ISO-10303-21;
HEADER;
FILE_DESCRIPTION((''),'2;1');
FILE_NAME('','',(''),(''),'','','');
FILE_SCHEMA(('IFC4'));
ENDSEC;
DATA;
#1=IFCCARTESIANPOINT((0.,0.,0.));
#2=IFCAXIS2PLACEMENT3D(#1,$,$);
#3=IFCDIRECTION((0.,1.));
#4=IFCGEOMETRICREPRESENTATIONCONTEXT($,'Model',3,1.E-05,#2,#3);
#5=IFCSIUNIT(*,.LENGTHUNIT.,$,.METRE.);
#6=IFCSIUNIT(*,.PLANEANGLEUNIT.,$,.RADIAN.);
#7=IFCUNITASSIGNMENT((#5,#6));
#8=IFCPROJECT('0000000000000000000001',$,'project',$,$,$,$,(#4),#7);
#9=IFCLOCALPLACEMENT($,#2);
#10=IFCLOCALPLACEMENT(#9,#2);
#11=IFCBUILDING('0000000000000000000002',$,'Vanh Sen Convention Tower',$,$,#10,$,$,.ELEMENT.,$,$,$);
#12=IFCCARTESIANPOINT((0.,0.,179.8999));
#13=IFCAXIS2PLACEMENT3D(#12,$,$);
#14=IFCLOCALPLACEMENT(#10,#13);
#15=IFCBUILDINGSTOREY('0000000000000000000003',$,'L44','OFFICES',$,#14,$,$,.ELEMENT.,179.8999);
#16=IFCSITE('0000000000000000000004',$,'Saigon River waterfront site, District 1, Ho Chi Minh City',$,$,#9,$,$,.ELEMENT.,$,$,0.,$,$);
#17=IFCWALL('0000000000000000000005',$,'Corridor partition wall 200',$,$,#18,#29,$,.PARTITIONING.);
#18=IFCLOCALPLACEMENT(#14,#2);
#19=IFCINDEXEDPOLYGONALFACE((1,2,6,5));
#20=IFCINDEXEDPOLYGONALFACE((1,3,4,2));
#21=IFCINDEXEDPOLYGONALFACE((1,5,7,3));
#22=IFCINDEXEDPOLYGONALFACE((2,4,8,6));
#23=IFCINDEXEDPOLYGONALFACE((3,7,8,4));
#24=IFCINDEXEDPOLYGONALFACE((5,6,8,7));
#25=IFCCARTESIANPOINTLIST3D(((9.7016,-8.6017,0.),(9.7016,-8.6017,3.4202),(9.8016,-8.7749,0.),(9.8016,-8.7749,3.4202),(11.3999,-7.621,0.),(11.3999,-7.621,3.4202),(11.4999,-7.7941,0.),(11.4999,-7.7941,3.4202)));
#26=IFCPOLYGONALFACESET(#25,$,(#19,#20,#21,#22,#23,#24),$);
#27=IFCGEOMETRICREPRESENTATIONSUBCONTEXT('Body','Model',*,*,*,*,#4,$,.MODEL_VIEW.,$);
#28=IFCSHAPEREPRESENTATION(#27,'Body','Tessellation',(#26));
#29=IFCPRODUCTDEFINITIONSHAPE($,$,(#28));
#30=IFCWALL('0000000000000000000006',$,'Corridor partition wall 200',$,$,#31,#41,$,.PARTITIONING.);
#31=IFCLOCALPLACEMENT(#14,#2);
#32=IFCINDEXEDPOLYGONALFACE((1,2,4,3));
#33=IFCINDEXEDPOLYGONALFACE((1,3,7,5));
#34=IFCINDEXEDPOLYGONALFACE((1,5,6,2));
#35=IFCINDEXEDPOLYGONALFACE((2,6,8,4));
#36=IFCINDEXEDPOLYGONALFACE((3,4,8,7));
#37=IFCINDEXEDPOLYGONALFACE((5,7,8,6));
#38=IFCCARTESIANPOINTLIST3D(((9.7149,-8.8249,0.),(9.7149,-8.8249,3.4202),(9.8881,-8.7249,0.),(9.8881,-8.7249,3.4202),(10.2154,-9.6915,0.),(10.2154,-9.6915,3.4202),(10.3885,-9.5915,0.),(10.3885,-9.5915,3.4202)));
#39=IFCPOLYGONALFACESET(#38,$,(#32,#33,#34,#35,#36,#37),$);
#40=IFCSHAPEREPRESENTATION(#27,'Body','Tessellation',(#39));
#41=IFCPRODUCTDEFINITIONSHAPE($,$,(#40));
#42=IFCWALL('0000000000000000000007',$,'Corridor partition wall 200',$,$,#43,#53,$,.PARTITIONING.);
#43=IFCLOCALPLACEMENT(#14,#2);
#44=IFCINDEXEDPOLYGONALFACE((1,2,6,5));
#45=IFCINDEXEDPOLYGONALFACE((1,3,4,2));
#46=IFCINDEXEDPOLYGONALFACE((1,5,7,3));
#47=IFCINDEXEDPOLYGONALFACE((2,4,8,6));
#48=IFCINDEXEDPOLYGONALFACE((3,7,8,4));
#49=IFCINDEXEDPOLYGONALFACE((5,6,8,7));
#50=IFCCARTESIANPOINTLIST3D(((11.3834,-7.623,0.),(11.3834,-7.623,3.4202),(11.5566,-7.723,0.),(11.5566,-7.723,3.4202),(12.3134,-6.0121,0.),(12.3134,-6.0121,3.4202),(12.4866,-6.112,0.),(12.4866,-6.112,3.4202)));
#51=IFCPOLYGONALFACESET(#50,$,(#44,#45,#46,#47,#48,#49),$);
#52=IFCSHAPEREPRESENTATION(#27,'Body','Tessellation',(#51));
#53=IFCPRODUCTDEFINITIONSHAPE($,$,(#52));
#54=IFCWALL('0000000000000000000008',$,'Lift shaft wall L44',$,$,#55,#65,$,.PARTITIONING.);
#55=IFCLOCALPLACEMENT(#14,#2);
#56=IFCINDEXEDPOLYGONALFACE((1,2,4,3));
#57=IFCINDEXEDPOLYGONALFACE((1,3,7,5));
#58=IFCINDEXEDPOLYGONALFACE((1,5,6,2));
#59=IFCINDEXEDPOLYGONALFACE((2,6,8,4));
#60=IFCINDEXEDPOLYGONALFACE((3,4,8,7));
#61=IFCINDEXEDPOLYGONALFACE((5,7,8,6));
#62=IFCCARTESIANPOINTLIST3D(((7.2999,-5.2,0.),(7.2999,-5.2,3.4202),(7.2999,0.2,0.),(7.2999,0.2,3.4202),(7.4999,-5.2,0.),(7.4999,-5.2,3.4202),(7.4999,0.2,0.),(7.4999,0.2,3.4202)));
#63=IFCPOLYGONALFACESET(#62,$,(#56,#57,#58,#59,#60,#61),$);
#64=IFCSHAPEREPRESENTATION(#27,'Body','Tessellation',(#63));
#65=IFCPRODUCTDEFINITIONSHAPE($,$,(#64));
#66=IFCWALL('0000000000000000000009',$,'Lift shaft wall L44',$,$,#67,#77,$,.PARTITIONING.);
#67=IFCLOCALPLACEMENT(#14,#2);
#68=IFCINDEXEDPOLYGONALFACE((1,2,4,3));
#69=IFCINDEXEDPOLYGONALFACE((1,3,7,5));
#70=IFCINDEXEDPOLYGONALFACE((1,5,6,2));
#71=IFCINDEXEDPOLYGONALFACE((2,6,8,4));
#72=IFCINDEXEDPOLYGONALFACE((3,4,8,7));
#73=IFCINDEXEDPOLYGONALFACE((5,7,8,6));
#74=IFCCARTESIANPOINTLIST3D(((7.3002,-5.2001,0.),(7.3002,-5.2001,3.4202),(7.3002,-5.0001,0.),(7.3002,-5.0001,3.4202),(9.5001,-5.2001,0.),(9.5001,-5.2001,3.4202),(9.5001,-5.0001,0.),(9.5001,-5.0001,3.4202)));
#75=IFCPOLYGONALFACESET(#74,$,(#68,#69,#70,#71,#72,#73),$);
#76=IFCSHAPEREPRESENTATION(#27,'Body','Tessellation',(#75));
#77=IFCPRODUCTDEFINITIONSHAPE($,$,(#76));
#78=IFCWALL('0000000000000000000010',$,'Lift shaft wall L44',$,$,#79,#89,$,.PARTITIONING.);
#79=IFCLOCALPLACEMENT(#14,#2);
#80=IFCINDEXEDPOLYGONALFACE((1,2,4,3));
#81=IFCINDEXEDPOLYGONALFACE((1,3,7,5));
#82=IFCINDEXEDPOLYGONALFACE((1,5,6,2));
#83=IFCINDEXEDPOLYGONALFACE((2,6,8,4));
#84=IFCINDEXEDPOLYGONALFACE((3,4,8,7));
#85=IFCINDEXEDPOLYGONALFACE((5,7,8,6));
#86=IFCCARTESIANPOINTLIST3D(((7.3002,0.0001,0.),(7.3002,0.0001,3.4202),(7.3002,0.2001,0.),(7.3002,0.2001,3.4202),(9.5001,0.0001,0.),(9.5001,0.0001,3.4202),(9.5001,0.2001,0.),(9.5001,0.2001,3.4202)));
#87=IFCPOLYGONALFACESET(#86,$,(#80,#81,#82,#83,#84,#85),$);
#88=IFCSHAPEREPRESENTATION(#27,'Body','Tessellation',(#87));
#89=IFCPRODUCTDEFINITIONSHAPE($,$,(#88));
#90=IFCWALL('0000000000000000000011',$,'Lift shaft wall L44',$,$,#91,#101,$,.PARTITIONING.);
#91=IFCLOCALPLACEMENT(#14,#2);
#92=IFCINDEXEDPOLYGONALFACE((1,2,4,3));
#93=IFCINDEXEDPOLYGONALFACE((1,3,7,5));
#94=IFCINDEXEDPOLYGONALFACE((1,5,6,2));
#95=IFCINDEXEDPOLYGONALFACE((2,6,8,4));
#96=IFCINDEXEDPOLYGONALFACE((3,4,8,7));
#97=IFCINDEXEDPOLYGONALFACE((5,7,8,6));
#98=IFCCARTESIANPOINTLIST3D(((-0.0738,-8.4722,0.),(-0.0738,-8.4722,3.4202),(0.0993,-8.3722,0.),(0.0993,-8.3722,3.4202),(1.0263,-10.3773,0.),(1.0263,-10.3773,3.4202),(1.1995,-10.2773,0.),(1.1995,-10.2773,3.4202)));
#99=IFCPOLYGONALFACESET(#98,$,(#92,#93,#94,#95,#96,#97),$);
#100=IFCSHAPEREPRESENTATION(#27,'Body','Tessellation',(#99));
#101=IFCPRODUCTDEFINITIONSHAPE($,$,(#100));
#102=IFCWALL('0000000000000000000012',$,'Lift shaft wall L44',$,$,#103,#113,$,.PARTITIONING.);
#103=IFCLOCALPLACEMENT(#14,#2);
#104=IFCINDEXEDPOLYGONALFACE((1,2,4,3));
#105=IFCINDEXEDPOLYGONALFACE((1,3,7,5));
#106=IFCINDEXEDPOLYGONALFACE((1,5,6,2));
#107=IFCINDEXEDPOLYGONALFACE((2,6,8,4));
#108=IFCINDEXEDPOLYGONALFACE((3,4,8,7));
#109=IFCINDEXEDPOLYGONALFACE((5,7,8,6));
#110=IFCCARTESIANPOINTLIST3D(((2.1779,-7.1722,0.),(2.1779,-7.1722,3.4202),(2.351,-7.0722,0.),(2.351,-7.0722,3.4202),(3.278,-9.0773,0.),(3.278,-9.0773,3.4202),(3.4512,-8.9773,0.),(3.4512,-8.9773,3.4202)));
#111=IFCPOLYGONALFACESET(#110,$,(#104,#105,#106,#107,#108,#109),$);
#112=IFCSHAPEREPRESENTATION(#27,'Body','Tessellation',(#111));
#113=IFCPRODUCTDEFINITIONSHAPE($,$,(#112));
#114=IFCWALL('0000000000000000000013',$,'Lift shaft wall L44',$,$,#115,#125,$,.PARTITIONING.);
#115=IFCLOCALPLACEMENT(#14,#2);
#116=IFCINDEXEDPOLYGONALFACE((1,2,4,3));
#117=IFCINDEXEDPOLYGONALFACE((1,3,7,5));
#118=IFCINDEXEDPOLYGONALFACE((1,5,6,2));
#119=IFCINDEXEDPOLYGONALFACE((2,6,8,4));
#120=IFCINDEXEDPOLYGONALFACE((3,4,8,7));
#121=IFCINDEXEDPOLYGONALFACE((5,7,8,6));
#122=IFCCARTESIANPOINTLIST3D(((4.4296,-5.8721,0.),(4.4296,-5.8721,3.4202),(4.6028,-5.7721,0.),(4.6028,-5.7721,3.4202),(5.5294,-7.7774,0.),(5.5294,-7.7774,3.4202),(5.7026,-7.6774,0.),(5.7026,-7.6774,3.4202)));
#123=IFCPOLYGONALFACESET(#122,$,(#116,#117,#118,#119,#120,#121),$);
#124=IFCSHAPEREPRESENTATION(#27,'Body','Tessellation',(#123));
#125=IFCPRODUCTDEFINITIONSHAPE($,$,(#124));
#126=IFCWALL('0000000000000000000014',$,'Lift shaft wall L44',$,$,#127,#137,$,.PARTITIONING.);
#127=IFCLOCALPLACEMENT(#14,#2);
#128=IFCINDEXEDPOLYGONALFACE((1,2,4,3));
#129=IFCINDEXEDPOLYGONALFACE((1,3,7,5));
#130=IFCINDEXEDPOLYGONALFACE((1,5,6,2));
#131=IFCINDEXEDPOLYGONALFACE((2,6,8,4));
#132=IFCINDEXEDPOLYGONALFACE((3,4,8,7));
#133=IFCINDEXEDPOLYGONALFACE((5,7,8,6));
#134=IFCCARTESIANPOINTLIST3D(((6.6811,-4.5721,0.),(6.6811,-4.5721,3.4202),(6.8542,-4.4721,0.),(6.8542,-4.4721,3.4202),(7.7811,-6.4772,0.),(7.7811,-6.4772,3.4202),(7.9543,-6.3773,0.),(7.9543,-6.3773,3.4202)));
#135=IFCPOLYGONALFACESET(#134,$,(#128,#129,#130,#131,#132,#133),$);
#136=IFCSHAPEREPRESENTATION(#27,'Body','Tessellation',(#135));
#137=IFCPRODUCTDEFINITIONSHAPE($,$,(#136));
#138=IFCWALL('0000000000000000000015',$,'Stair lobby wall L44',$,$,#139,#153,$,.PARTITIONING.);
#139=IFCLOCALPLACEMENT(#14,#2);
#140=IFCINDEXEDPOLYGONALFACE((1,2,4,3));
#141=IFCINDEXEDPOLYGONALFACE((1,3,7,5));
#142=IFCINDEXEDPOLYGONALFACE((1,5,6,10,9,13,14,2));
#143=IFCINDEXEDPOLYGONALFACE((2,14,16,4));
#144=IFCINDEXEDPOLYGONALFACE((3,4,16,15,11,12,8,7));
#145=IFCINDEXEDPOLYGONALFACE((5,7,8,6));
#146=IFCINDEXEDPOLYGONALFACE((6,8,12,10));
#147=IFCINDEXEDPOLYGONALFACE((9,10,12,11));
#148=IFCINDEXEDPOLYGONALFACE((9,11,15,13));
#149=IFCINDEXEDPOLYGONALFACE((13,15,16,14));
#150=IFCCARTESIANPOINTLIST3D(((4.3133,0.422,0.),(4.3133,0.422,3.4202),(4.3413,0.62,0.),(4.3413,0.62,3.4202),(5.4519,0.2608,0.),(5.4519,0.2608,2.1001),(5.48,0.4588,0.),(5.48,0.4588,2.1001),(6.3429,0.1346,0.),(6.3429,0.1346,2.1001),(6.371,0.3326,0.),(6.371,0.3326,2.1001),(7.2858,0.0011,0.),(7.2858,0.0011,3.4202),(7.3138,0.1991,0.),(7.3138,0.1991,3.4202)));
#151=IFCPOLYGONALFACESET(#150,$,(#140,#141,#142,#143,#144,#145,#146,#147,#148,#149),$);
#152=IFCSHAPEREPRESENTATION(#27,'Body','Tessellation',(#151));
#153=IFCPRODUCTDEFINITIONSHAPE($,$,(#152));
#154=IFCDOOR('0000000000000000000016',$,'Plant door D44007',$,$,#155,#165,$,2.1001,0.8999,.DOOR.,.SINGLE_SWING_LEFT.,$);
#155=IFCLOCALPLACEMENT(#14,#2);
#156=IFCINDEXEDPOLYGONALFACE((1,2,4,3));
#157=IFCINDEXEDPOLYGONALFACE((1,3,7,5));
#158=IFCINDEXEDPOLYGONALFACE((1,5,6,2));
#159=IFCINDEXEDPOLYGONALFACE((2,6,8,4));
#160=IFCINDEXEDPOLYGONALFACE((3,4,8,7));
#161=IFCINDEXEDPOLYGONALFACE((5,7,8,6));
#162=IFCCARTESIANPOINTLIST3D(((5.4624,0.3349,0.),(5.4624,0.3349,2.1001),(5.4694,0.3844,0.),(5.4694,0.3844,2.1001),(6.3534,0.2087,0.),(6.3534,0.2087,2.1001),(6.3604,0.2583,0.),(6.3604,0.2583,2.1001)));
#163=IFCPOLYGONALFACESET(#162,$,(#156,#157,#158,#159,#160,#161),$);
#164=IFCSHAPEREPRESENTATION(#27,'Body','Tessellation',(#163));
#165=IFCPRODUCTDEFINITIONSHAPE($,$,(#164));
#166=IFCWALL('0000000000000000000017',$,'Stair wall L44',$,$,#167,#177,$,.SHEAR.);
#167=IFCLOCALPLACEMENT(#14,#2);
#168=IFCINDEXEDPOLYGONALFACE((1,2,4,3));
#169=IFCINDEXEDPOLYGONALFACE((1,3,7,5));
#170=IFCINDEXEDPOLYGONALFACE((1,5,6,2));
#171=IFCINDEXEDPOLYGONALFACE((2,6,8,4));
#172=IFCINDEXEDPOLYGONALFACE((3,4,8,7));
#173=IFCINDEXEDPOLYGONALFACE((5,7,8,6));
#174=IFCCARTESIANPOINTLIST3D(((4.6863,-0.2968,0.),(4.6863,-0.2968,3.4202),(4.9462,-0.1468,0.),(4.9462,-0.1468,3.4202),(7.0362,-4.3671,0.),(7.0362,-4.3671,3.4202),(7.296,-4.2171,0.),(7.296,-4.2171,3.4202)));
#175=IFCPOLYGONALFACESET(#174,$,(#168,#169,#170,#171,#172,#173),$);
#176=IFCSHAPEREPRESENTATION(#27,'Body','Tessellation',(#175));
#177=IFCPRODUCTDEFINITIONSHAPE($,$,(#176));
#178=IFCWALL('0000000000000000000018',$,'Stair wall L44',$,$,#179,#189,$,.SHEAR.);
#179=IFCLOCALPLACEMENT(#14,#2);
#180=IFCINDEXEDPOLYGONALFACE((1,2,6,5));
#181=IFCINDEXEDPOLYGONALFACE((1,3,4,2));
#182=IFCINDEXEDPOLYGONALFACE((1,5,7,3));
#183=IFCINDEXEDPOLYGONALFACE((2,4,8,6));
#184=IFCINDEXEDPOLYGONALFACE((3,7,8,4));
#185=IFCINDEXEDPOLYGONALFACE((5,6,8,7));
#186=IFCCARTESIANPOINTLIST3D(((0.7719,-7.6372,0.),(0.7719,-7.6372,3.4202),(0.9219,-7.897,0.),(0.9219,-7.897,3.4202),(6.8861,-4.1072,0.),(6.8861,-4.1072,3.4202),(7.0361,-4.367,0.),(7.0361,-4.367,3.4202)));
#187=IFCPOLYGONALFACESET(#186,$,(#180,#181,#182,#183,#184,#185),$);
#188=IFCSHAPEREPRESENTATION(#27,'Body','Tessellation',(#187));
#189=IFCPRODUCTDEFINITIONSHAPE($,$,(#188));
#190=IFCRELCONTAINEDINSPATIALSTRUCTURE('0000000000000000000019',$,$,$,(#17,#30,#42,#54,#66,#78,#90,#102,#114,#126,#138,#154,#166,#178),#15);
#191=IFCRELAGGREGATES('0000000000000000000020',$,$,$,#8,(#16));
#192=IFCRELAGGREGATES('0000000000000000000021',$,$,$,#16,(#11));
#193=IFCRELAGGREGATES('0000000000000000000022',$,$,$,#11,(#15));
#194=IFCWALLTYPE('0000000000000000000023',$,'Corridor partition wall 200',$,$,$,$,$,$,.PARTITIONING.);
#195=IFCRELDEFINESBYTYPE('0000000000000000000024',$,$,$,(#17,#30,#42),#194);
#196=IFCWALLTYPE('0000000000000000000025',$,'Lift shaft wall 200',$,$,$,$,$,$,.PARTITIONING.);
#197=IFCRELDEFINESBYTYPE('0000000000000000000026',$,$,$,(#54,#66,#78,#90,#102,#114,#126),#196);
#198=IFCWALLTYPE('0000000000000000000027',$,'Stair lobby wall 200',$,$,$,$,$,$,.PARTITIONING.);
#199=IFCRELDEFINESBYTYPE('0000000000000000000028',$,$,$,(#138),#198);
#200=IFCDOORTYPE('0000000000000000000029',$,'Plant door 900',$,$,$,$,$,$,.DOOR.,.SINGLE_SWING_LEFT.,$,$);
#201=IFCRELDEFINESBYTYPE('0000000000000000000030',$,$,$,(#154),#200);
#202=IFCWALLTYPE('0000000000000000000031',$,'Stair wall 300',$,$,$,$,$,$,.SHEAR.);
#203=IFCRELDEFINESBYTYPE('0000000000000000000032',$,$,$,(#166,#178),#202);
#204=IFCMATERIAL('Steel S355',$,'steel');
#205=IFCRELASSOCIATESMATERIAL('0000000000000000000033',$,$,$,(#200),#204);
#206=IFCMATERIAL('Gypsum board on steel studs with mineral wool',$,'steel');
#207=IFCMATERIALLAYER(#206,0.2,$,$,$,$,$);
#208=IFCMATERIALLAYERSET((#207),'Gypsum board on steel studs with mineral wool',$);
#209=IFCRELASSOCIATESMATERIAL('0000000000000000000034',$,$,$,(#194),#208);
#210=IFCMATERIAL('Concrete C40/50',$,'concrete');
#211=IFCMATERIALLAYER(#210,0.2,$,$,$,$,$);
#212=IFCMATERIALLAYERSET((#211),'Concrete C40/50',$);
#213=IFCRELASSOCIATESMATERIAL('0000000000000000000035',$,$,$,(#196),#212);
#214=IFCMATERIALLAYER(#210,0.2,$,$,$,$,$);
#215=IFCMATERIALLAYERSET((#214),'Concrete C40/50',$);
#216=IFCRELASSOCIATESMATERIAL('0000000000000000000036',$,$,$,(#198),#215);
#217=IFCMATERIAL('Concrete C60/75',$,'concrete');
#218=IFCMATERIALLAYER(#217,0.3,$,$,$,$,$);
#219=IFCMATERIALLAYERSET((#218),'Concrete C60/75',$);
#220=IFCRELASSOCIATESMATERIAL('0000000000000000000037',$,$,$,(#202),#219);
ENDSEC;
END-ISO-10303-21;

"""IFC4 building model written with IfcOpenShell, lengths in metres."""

from ifc_helpers import new_model, si_unit, direction, frame, frame_2d, origin, place, context, subcontext, project, spatial, rectangle, extrude, material, layer, layer_set, type_object, element, fill, save


model = new_model("IFC4")

# Units and contexts
model_context = context("Model", 3, precision=1e-05, world=origin(), true_north=direction((0.0, 1.0)))
body_context = subcontext(model_context, "Body", "Model", "MODEL_VIEW")
ifc_project = project(units=[si_unit("LENGTHUNIT", "METRE"), si_unit("PLANEANGLEUNIT", "RADIAN")], contexts=[model_context])

# Site, building, storey
site_placement = place(None, origin())
site = spatial("IfcSite", under=ifc_project, at=site_placement, Name="Saigon River waterfront site, District 1, Ho Chi Minh City", CompositionType="ELEMENT", RefElevation=0.0)
building_placement = place(site_placement, origin())
building = spatial("IfcBuilding", under=site, at=building_placement, Name="Vanh Sen Convention Tower", CompositionType="ELEMENT")
storey_placement = place(building_placement, frame((0.0, 0.0, 179.8999)))
storey = spatial("IfcBuildingStorey", under=building, at=storey_placement, Name="L44", Description="OFFICES", CompositionType="ELEMENT", Elevation=179.8999)

# Shared definitions
ifc_material_1 = material(Name="Concrete C40/50", Category="concrete")

# Shared definitions
ifc_material_2 = material(Name="Steel S355", Category="steel")
door_type_1 = type_object("IfcDoorType", Name="Plant door 900", OperationType="SINGLE_SWING_LEFT", PredefinedType="DOOR", material=ifc_material_2)

# Walls
ifc_material_3 = material(Name="Gypsum board on steel studs with mineral wool", Category="steel")
ifc_layer_1 = layer(ifc_material_3, 0.2)
ifc_layer_set_1 = layer_set([ifc_layer_1], Name="Gypsum board on steel studs with mineral wool")
wall_type_1 = type_object("IfcWallType", Name="Corridor partition wall 200", PredefinedType="PARTITIONING", material=ifc_layer_set_1)
wall_1_placement = place(storey_placement, frame((9.7517, -8.6882, 0.0), z_axis=(0.0, 0.0, 1.0), x_axis=(0.865974, 0.500089, 0.0)))
element("IfcWall", 1, at=wall_1_placement, inside=storey, type_object=wall_type_1, Name="Corridor partition wall 200", PredefinedType="PARTITIONING", context=body_context, shape_type="SweptSolid", body=[
    extrude(rectangle(XDim=1.9612, YDim=0.2, at=frame_2d((0.9805, 0.0))), origin(), (0.0, 0.0, 1.0), 3.4202),
])
wall_2_placement = place(storey_placement, frame((10.302, -9.6416, 0.0), z_axis=(0.0, 0.0, 1.0), x_axis=(-0.500074, 0.865982, 0.0)))
element("IfcWall", 2, at=wall_2_placement, inside=storey, type_object=wall_type_1, Name="Corridor partition wall 200", PredefinedType="PARTITIONING", context=body_context, shape_type="SweptSolid", body=[
    extrude(rectangle(XDim=1.0007, YDim=0.2, at=frame_2d((0.5005, 0.0))), origin(), (0.0, 0.0, 1.0), 3.4202),
])
wall_3_placement = place(storey_placement, frame((11.47, -7.6731, 0.0), z_axis=(0.0, 0.0, 1.0), x_axis=(0.499965, 0.866046, 0.0)))
element("IfcWall", 3, at=wall_3_placement, inside=storey, type_object=wall_type_1, Name="Corridor partition wall 200", PredefinedType="PARTITIONING", context=body_context, shape_type="SweptSolid", body=[
    extrude(rectangle(XDim=1.8601, YDim=0.2, at=frame_2d((0.9302, 0.0))), origin(), (0.0, 0.0, 1.0), 3.4202),
])
ifc_layer_2 = layer(ifc_material_1, 0.2)
ifc_layer_set_2 = layer_set([ifc_layer_2], Name="Concrete C40/50")
wall_type_2 = type_object("IfcWallType", Name="Lift shaft wall 200", PredefinedType="PARTITIONING", material=ifc_layer_set_2)
wall_4_placement = place(storey_placement, frame((7.3999, -5.2, 0.0), z_axis=(0.0, 0.0, 1.0), x_axis=(0.0, 1.0, 0.0)))
element("IfcWall", 4, at=wall_4_placement, inside=storey, type_object=wall_type_2, Name="Lift shaft wall L44", PredefinedType="PARTITIONING", context=body_context, shape_type="SweptSolid", body=[
    extrude(rectangle(XDim=5.3999, YDim=0.2, at=frame_2d((2.7, 0.0))), origin(), (0.0, 0.0, 1.0), 3.4202),
])
for number, where, z_axis, x_axis, name in (
    (5, (7.3, -5.1001, 0.0), (0.0, 0.0, 1.0), (1.0, 0.0, 0.0), "Lift shaft wall L44"),
    (6, (7.3, 0.1001, 0.0), (0.0, 0.0, 1.0), (1.0, 0.0, 0.0), "Lift shaft wall L44"),
    (7, (0.0127, -8.4221, 0.0), (0.0, 0.0, 1.0), (0.500078, -0.86598, 0.0), "Lift shaft wall L44"),
    (8, (2.2644, -7.1221, 0.0), (0.0, 0.0, 1.0), (0.500078, -0.86598, 0.0), "Lift shaft wall L44"),
    (9, (4.5161, -5.822, 0.0), (0.0, 0.0, 1.0), (0.499947, -0.866056, 0.0), "Lift shaft wall L44"),
    (10, (6.7676, -4.522, 0.0), (0.0, 0.0, 1.0), (0.50003, -0.866008, 0.0), "Lift shaft wall L44"),
):
    element("IfcWall", number, at=place(storey_placement, frame(where, z_axis=z_axis, x_axis=x_axis)), inside=storey, type_object=wall_type_2, Name=name, PredefinedType="PARTITIONING", context=body_context, shape_type="SweptSolid", body=[
        extrude(rectangle(XDim=2.2, YDim=0.2, at=frame_2d((1.1001, 0.0))), origin(), (0.0, 0.0, 1.0), 3.4202),
    ])

# Wall, opening, door
ifc_layer_3 = layer(ifc_material_1, 0.2)
ifc_layer_set_3 = layer_set([ifc_layer_3], Name="Concrete C40/50")
wall_type_3 = type_object("IfcWallType", Name="Stair lobby wall 200", PredefinedType="PARTITIONING", material=ifc_layer_set_3)
wall_5_placement = place(storey_placement, frame((4.3274, 0.521, 0.0), z_axis=(0.0, 0.0, 1.0), x_axis=(0.990124, -0.140192, 0.0)))
wall_5 = element("IfcWall", 11, at=wall_5_placement, inside=storey, type_object=wall_type_3, Name="Stair lobby wall L44", PredefinedType="PARTITIONING", context=body_context, shape_type="SweptSolid", body=[
    extrude(rectangle(XDim=3.0022, YDim=0.2, at=frame_2d((1.501, 0.0))), origin(), (0.0, 0.0, 1.0), 3.4202),
])
opening_1_placement = place(wall_5_placement, frame((1.1499, 0.0, 0.0)))
opening_1 = element("IfcOpeningElement", 12, at=opening_1_placement, cuts=wall_5, PredefinedType="OPENING", context=body_context, shape_type="SweptSolid", body=[
    extrude(rectangle(XDim=0.8999, YDim=2.1001, at=frame_2d((0.45, 1.05))), frame((0.0, 0.1099, 0.0), z_axis=(0.0, -1.0, 0.0), x_axis=(1.0, 0.0, 0.0)), (0.0, 0.0, 1.0), 0.22),
])
door_1_placement = place(opening_1_placement, origin())
door_1 = element("IfcDoor", 13, at=door_1_placement, inside=storey, type_object=door_type_1, Name="Plant door D44007", OperationType="SINGLE_SWING_LEFT", OverallHeight=2.1001, OverallWidth=0.8999, PredefinedType="DOOR", context=body_context, shape_type="SweptSolid", body=[
    extrude(rectangle(XDim=0.8999, YDim=2.1001, at=frame_2d((0.45, 1.05))), frame((0.0, 0.0249, 0.0), z_axis=(0.0, -1.0, 0.0), x_axis=(1.0, 0.0, 0.0)), (0.0, 0.0, 1.0), 0.05),
])
fill(opening_1, door_1)

# Walls
ifc_material_4 = material(Name="Concrete C60/75", Category="concrete")
ifc_layer_4 = layer(ifc_material_4, 0.3)
ifc_layer_set_4 = layer_set([ifc_layer_4], Name="Concrete C60/75")
wall_type_4 = type_object("IfcWallType", Name="Stair wall 300", PredefinedType="SHEAR", material=ifc_layer_set_4)
wall_6_placement = place(storey_placement, frame((4.8162, -0.2217, 0.0), z_axis=(0.0, 0.0, 1.0), x_axis=(0.499977, -0.866039, 0.0)))
element("IfcWall", 14, at=wall_6_placement, inside=storey, type_object=wall_type_4, Name="Stair wall L44", PredefinedType="SHEAR", context=body_context, shape_type="SweptSolid", body=[
    extrude(rectangle(XDim=4.7, YDim=0.3, at=frame_2d((2.3501, 0.0))), origin(), (0.0, 0.0, 1.0), 3.4202),
])
wall_7_placement = place(storey_placement, frame((0.8469, -7.7671, 0.0), z_axis=(0.0, 0.0, 1.0), x_axis=(0.866028, 0.499996, 0.0)))
element("IfcWall", 15, at=wall_7_placement, inside=storey, type_object=wall_type_4, Name="Stair wall L44", PredefinedType="SHEAR", context=body_context, shape_type="SweptSolid", body=[
    extrude(rectangle(XDim=7.0601, YDim=0.3, at=frame_2d((3.53, 0.0))), origin(), (0.0, 0.0, 1.0), 3.4202),
])

save(model, "model.ifc")
